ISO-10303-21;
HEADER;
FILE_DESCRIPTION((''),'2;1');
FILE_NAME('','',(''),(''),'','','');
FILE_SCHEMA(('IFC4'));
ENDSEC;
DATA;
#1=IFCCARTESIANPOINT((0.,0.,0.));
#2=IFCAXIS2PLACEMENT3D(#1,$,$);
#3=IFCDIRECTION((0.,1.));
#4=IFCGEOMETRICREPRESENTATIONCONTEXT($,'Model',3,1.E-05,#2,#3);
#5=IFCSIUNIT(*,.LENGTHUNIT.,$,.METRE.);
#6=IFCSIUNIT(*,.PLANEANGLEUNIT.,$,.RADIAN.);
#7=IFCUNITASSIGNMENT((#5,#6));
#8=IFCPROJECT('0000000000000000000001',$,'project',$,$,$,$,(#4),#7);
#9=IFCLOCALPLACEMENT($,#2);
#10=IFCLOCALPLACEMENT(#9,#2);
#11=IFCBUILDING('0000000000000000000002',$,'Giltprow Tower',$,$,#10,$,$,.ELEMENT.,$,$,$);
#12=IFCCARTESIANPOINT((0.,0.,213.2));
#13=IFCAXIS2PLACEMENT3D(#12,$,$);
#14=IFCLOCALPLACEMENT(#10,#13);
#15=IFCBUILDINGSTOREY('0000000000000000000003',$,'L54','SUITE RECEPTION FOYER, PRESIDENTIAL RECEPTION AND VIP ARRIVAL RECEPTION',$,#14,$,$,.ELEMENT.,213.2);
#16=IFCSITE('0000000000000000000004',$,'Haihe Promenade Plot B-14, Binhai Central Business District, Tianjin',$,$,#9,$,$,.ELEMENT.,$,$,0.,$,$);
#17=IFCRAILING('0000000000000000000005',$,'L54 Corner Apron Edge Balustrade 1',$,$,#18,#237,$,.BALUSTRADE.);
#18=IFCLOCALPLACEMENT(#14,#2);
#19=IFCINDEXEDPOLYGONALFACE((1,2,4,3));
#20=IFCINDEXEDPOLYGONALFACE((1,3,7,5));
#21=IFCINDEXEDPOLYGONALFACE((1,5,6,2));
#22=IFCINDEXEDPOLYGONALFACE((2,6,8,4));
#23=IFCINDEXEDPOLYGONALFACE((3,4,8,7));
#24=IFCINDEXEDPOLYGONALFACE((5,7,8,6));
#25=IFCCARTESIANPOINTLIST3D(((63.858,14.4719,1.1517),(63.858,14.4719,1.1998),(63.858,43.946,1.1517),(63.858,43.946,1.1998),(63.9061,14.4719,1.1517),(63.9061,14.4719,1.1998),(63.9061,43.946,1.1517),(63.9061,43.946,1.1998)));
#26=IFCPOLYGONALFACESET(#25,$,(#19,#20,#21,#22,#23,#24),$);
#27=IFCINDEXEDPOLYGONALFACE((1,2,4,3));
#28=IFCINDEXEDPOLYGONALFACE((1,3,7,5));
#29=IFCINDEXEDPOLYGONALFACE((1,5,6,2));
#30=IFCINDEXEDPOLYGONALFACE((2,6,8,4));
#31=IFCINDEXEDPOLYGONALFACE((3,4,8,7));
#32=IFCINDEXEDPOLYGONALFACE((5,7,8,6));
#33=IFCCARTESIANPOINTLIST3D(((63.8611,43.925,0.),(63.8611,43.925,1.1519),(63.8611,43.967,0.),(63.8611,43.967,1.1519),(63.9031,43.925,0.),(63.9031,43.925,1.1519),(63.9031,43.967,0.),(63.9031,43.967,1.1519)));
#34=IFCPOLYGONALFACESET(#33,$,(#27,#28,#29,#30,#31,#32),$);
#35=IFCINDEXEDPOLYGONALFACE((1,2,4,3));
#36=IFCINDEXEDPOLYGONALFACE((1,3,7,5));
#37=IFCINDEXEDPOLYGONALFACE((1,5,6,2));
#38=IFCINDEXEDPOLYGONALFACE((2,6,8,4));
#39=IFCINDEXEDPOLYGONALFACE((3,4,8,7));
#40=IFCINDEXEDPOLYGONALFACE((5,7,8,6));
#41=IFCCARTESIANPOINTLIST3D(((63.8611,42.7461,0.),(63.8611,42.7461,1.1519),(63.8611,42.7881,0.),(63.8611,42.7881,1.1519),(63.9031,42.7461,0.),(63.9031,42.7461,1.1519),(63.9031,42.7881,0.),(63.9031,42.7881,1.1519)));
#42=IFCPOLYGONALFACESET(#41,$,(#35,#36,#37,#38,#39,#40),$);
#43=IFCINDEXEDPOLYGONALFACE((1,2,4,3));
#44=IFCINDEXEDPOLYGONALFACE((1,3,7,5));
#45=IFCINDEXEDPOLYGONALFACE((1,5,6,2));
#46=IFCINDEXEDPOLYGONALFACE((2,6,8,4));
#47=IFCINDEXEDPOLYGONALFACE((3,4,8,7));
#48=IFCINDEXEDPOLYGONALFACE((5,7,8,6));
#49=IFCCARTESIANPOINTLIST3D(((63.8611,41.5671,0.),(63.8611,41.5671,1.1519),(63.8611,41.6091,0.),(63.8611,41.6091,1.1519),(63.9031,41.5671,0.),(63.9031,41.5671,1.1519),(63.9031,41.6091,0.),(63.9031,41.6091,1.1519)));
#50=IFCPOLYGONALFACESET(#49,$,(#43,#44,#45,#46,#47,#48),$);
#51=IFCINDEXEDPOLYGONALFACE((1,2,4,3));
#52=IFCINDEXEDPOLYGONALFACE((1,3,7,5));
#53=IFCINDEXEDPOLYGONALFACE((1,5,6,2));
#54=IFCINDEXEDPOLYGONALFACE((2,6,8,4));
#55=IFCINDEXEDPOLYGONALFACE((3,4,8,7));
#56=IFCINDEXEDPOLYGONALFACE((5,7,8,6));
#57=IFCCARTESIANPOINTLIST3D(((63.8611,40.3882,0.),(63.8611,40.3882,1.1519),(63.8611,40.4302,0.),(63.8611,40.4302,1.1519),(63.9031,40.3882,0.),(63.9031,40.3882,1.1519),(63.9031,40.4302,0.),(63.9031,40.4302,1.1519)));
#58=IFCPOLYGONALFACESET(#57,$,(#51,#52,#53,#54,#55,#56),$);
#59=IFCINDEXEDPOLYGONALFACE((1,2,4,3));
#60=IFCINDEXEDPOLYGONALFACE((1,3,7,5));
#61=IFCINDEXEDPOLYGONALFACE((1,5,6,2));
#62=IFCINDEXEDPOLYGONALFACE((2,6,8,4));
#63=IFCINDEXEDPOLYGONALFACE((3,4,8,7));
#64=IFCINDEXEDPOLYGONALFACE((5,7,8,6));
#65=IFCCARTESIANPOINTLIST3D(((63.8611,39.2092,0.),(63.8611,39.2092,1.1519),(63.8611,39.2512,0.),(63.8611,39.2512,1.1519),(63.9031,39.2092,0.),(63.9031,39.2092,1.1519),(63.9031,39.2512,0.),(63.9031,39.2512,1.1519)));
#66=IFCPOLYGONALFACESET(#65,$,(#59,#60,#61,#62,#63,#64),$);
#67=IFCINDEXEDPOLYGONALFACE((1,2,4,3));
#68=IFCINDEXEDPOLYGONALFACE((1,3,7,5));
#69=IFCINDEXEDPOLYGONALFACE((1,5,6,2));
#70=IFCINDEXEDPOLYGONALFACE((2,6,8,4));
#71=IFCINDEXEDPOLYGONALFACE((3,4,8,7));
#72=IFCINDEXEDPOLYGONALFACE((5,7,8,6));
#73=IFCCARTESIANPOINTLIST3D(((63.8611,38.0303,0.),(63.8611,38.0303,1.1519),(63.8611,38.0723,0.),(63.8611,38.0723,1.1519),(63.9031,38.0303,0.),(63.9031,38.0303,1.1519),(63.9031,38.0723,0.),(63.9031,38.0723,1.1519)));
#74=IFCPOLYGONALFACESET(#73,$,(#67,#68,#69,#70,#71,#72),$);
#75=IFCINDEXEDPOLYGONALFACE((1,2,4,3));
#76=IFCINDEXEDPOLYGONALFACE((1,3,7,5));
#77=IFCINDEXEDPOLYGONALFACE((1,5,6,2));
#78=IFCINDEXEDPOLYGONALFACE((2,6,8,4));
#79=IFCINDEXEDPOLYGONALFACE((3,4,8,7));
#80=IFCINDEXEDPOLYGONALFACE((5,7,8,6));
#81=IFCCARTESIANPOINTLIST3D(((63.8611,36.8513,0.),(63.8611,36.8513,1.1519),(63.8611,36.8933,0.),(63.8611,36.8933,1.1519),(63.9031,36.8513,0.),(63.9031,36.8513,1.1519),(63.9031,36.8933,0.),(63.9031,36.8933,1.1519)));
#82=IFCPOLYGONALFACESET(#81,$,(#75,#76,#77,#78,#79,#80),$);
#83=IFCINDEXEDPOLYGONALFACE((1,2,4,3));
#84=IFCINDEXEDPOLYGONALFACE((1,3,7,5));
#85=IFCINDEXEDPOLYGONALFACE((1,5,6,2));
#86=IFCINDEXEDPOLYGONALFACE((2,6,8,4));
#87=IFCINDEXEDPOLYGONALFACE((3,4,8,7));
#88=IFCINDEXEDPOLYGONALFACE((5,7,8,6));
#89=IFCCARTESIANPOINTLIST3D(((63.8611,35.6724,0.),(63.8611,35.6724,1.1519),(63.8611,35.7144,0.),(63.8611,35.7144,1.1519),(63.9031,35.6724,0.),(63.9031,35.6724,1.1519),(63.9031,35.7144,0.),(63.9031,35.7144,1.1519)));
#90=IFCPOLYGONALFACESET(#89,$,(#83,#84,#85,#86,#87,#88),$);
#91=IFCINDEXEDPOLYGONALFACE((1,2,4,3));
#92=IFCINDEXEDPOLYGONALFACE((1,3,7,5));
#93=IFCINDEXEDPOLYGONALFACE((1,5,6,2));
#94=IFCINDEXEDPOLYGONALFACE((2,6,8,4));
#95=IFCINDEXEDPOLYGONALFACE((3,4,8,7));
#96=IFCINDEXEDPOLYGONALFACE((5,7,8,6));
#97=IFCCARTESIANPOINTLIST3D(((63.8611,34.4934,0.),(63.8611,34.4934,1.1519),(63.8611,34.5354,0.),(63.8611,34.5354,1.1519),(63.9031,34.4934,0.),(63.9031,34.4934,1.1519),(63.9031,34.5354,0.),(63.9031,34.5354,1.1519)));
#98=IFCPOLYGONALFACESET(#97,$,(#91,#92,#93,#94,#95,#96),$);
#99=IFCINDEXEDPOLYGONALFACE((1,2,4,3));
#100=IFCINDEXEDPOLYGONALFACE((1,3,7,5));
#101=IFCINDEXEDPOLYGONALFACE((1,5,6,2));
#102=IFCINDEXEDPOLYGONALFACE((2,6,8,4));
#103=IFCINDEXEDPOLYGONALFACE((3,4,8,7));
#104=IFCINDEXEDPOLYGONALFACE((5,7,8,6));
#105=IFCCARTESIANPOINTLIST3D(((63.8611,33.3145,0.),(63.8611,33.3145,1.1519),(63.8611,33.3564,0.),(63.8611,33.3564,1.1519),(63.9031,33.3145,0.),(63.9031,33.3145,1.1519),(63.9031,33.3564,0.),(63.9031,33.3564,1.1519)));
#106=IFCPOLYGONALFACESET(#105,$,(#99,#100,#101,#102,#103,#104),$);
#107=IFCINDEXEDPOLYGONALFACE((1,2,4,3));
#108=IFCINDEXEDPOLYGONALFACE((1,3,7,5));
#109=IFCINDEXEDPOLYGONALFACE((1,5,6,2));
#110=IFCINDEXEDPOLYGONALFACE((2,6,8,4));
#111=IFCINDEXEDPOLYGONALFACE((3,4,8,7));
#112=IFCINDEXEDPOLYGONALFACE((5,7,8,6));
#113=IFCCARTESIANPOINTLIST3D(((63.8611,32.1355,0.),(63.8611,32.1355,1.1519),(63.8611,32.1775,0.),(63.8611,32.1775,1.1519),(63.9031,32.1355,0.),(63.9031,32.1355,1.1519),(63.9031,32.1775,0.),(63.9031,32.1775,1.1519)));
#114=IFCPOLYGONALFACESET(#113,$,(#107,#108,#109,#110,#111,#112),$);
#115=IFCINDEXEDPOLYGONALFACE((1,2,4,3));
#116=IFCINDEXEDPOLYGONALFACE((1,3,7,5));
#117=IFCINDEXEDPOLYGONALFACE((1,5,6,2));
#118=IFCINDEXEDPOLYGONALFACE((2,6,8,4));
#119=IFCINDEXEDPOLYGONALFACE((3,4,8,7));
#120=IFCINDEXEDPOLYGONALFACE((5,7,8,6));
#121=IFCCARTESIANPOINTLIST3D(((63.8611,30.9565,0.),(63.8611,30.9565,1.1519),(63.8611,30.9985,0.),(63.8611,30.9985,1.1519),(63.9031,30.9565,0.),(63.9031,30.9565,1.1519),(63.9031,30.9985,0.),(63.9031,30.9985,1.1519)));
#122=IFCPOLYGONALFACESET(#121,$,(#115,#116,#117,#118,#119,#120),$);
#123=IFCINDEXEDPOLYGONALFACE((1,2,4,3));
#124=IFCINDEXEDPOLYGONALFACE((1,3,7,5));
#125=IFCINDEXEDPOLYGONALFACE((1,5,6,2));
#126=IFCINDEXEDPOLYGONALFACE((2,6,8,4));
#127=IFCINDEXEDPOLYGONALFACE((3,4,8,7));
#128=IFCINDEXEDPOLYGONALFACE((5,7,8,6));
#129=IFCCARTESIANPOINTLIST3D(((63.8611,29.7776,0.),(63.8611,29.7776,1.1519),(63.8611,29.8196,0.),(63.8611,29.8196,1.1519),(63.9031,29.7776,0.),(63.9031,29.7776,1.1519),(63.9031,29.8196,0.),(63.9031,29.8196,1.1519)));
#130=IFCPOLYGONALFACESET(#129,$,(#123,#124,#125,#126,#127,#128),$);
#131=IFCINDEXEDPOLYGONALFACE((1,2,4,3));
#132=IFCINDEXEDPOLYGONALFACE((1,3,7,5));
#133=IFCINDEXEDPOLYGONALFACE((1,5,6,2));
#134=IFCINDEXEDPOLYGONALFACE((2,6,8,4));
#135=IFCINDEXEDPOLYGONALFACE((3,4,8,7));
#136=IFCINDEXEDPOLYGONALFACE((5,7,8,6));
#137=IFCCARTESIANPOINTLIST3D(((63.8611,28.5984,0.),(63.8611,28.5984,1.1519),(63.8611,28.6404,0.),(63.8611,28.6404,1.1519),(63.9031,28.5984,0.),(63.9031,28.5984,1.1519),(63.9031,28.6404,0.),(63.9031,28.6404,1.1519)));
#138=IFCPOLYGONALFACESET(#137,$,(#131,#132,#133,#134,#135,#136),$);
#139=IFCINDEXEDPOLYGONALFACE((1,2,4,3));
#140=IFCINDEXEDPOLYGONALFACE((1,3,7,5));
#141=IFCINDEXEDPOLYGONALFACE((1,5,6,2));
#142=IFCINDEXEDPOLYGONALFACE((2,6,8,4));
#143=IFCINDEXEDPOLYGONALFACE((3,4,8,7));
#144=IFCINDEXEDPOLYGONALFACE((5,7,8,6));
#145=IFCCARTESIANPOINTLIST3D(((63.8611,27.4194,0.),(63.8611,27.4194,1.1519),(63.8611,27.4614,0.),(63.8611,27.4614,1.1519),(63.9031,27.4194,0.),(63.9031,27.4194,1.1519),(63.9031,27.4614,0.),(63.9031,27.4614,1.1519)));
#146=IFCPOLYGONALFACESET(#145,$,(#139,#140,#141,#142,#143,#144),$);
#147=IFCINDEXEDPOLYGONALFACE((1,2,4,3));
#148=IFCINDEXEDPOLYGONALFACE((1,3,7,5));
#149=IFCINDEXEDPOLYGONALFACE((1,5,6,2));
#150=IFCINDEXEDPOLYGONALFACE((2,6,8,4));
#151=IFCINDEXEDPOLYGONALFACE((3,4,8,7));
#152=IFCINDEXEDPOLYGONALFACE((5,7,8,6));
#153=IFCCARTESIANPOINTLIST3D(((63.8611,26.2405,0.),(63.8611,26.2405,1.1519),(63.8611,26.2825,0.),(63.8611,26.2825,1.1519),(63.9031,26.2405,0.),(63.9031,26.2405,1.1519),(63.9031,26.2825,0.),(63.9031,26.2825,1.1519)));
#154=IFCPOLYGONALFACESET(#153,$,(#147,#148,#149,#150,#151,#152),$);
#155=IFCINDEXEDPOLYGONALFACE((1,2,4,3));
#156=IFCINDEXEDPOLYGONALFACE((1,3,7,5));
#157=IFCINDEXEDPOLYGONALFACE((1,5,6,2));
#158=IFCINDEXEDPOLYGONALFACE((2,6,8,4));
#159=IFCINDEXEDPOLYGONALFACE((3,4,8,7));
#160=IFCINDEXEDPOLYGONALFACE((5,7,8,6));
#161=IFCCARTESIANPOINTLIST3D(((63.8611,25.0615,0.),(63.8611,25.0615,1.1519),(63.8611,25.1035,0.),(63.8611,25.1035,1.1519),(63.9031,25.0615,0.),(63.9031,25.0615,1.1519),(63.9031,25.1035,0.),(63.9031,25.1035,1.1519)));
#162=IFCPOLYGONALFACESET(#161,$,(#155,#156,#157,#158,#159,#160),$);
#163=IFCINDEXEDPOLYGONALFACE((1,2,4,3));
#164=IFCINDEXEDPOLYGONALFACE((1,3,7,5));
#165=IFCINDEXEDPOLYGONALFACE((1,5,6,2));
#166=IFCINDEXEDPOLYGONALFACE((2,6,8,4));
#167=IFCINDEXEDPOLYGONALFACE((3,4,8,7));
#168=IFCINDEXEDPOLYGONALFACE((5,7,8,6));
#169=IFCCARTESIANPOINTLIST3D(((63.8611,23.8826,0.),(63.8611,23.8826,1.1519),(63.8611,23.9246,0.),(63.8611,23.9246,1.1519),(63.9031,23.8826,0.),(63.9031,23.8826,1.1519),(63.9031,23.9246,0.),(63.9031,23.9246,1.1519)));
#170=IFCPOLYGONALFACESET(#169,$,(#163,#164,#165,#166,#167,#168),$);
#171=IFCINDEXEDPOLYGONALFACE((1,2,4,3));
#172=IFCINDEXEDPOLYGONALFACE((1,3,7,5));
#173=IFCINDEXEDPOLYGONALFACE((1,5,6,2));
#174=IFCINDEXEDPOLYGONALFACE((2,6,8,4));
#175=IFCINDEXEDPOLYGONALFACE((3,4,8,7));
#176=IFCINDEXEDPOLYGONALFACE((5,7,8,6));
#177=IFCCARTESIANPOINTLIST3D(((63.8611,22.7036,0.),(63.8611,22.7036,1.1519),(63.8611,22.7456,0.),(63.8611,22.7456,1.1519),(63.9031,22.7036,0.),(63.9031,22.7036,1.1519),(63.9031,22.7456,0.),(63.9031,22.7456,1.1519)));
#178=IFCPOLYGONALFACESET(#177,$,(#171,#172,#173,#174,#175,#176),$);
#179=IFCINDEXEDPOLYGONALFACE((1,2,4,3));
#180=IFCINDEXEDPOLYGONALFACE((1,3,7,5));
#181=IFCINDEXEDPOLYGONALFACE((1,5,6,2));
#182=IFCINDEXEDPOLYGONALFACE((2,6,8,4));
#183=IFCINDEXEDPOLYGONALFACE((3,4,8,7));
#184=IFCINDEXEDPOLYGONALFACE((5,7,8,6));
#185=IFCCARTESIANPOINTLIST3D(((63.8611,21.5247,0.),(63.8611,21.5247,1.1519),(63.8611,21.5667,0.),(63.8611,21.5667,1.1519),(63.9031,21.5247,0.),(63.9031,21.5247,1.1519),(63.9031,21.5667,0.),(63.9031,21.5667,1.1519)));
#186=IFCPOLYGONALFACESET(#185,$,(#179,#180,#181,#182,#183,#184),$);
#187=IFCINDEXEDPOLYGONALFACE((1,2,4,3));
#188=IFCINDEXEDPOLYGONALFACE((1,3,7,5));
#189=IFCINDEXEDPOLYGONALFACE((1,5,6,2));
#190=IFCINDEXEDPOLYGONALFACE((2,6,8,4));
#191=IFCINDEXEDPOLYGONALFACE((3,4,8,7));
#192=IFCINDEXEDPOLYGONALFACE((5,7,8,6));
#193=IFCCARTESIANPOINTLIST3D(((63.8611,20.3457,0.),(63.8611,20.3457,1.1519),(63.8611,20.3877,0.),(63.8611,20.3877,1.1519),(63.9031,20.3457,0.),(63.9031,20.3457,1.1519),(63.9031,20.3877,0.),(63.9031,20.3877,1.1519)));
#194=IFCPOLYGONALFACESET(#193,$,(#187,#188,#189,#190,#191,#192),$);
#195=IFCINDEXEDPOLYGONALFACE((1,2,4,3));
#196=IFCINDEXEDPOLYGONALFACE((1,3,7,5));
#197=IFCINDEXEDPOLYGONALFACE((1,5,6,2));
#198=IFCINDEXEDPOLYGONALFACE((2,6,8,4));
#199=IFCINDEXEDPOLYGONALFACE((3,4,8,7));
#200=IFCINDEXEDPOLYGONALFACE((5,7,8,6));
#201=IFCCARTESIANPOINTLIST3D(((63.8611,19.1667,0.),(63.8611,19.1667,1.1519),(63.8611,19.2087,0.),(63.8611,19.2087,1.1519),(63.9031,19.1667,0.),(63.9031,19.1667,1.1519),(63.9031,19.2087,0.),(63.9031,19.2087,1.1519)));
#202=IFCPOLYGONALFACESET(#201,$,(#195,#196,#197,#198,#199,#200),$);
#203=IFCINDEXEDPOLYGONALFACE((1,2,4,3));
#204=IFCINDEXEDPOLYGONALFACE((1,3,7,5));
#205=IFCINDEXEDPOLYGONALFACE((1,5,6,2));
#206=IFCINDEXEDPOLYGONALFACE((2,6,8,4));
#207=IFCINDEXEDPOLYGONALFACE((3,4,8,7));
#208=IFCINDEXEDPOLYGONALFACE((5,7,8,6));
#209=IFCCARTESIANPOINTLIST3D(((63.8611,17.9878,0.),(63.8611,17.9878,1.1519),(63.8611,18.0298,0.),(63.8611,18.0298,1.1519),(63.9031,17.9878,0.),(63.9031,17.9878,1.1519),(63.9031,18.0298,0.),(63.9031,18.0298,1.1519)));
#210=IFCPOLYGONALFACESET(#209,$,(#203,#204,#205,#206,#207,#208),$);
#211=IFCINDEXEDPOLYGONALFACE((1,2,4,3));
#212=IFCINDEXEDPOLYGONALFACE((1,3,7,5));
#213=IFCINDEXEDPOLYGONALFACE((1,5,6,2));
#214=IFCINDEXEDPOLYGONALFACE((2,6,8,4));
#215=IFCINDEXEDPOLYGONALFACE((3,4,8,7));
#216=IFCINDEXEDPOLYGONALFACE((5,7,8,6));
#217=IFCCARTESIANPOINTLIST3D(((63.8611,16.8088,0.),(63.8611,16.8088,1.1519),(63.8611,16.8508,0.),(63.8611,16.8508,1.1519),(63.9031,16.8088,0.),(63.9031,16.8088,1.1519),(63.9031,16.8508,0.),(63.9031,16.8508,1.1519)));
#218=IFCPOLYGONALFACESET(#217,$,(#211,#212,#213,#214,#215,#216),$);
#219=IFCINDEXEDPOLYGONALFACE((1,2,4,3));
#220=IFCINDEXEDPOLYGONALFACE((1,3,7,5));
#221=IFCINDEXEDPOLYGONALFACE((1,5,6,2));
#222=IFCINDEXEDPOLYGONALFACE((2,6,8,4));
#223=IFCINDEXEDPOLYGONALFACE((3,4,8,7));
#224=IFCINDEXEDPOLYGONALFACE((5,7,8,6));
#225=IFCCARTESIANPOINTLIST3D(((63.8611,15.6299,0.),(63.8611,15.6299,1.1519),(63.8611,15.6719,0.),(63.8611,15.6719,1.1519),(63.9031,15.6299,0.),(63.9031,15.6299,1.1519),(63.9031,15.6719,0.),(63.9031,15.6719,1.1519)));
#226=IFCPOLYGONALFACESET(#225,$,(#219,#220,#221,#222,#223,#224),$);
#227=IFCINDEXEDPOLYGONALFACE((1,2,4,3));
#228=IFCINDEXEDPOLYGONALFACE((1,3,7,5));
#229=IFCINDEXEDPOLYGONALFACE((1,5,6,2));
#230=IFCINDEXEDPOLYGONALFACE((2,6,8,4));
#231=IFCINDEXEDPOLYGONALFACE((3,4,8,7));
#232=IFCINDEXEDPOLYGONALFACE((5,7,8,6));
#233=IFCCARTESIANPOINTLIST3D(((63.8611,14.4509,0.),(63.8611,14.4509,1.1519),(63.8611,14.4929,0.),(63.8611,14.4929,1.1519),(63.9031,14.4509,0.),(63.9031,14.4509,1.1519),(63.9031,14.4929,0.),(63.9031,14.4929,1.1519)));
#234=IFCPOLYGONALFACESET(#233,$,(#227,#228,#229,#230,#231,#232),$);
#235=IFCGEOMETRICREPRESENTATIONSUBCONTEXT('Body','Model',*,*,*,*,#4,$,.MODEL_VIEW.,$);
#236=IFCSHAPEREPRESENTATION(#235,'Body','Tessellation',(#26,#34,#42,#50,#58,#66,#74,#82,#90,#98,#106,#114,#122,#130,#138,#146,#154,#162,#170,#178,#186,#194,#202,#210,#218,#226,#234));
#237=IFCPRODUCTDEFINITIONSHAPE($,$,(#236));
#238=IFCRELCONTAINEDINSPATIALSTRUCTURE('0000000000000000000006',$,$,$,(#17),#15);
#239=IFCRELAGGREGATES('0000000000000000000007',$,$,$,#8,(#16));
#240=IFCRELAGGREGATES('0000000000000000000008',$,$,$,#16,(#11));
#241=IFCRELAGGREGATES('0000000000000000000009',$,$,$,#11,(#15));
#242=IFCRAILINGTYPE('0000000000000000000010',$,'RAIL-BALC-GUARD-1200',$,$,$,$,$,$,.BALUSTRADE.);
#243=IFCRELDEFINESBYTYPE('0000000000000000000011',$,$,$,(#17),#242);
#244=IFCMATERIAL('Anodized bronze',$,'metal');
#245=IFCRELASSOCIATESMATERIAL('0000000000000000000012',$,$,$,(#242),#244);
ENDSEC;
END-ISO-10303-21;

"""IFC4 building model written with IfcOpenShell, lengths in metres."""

from ifc_helpers import new_model, si_unit, direction, frame, origin, origin_2d, place, context, subcontext, project, spatial, rectangle, extrude, material, type_object, element, save


model = new_model("IFC4")

# Units and contexts
model_context = context("Model", 3, precision=1e-05, world=origin(), true_north=direction((0.0, 1.0)))
body_context = subcontext(model_context, "Body", "Model", "MODEL_VIEW")
ifc_project = project(units=[si_unit("LENGTHUNIT", "METRE"), si_unit("PLANEANGLEUNIT", "RADIAN")], contexts=[model_context])

# Site, building, storey
site_placement = place(None, origin())
site = spatial("IfcSite", under=ifc_project, at=site_placement, Name="Haihe Promenade Plot B-14, Binhai Central Business District, Tianjin", CompositionType="ELEMENT", RefElevation=0.0)
building_placement = place(site_placement, origin())
building = spatial("IfcBuilding", under=site, at=building_placement, Name="Giltprow Tower", CompositionType="ELEMENT")
storey_placement = place(building_placement, frame((0.0, 0.0, 213.2)))
storey = spatial("IfcBuildingStorey", under=building, at=storey_placement, Name="L54", Description="SUITE RECEPTION FOYER, PRESIDENTIAL RECEPTION AND VIP ARRIVAL RECEPTION", CompositionType="ELEMENT", Elevation=213.2)

# Railing
ifc_material_1 = material(Name="Anodized bronze", Category="metal")
railing_type_1 = type_object("IfcRailingType", Name="RAIL-BALC-GUARD-1200", PredefinedType="BALUSTRADE", material=ifc_material_1)
railing_1_placement = place(storey_placement, frame((63.8821, 43.946, 0.0)))
element("IfcRailing", 1, at=railing_1_placement, inside=storey, type_object=railing_type_1, Name="L54 Corner Apron Edge Balustrade 1", PredefinedType="BALUSTRADE", context=body_context, shape_type="SweptSolid", body=[
    extrude(rectangle(XDim=0.0481, YDim=0.0481, at=origin_2d()), frame((0.0, 0.0, 1.1758), z_axis=(0.0, -1.0, 0.0), x_axis=(1.0, 0.0, 0.0)), (0.0, 0.0, 1.0), 29.4741),
    extrude(rectangle(XDim=0.042, YDim=0.042, at=origin_2d()), origin(), (0.0, 0.0, 1.0), 1.1519),
    extrude(rectangle(XDim=0.042, YDim=0.042, at=origin_2d()), frame((0.0, -1.179, 0.0)), (0.0, 0.0, 1.0), 1.1519),
    extrude(rectangle(XDim=0.042, YDim=0.042, at=origin_2d()), frame((0.0, -2.3579, 0.0)), (0.0, 0.0, 1.0), 1.1519),
    extrude(rectangle(XDim=0.042, YDim=0.042, at=origin_2d()), frame((0.0, -3.5369, 0.0)), (0.0, 0.0, 1.0), 1.1519),
    extrude(rectangle(XDim=0.042, YDim=0.042, at=origin_2d()), frame((0.0, -4.7158, 0.0)), (0.0, 0.0, 1.0), 1.1519),
    extrude(rectangle(XDim=0.042, YDim=0.042, at=origin_2d()), frame((0.0, -5.8948, 0.0)), (0.0, 0.0, 1.0), 1.1519),
    extrude(rectangle(XDim=0.042, YDim=0.042, at=origin_2d()), frame((0.0, -7.0737, 0.0)), (0.0, 0.0, 1.0), 1.1519),
    extrude(rectangle(XDim=0.042, YDim=0.042, at=origin_2d()), frame((0.0, -8.2527, 0.0)), (0.0, 0.0, 1.0), 1.1519),
    extrude(rectangle(XDim=0.042, YDim=0.042, at=origin_2d()), frame((0.0, -9.4316, 0.0)), (0.0, 0.0, 1.0), 1.1519),
    extrude(rectangle(XDim=0.042, YDim=0.042, at=origin_2d()), frame((0.0, -10.6106, 0.0)), (0.0, 0.0, 1.0), 1.1519),
    extrude(rectangle(XDim=0.042, YDim=0.042, at=origin_2d()), frame((0.0, -11.7896, 0.0)), (0.0, 0.0, 1.0), 1.1519),
    extrude(rectangle(XDim=0.042, YDim=0.042, at=origin_2d()), frame((0.0, -12.9685, 0.0)), (0.0, 0.0, 1.0), 1.1519),
    extrude(rectangle(XDim=0.042, YDim=0.042, at=origin_2d()), frame((0.0, -14.1475, 0.0)), (0.0, 0.0, 1.0), 1.1519),
    extrude(rectangle(XDim=0.042, YDim=0.042, at=origin_2d()), frame((0.0, -15.3267, 0.0)), (0.0, 0.0, 1.0), 1.1519),
    extrude(rectangle(XDim=0.042, YDim=0.042, at=origin_2d()), frame((0.0, -16.5056, 0.0)), (0.0, 0.0, 1.0), 1.1519),
    extrude(rectangle(XDim=0.042, YDim=0.042, at=origin_2d()), frame((0.0, -17.6846, 0.0)), (0.0, 0.0, 1.0), 1.1519),
    extrude(rectangle(XDim=0.042, YDim=0.042, at=origin_2d()), frame((0.0, -18.8635, 0.0)), (0.0, 0.0, 1.0), 1.1519),
    extrude(rectangle(XDim=0.042, YDim=0.042, at=origin_2d()), frame((0.0, -20.0425, 0.0)), (0.0, 0.0, 1.0), 1.1519),
    extrude(rectangle(XDim=0.042, YDim=0.042, at=origin_2d()), frame((0.0, -21.2214, 0.0)), (0.0, 0.0, 1.0), 1.1519),
    extrude(rectangle(XDim=0.042, YDim=0.042, at=origin_2d()), frame((0.0, -22.4004, 0.0)), (0.0, 0.0, 1.0), 1.1519),
    extrude(rectangle(XDim=0.042, YDim=0.042, at=origin_2d()), frame((0.0, -23.5793, 0.0)), (0.0, 0.0, 1.0), 1.1519),
    extrude(rectangle(XDim=0.042, YDim=0.042, at=origin_2d()), frame((0.0, -24.7583, 0.0)), (0.0, 0.0, 1.0), 1.1519),
    extrude(rectangle(XDim=0.042, YDim=0.042, at=origin_2d()), frame((0.0, -25.9373, 0.0)), (0.0, 0.0, 1.0), 1.1519),
    extrude(rectangle(XDim=0.042, YDim=0.042, at=origin_2d()), frame((0.0, -27.1162, 0.0)), (0.0, 0.0, 1.0), 1.1519),
    extrude(rectangle(XDim=0.042, YDim=0.042, at=origin_2d()), frame((0.0, -28.2952, 0.0)), (0.0, 0.0, 1.0), 1.1519),
    extrude(rectangle(XDim=0.042, YDim=0.042, at=origin_2d()), frame((0.0, -29.4741, 0.0)), (0.0, 0.0, 1.0), 1.1519),
])

save(model, "model.ifc")
